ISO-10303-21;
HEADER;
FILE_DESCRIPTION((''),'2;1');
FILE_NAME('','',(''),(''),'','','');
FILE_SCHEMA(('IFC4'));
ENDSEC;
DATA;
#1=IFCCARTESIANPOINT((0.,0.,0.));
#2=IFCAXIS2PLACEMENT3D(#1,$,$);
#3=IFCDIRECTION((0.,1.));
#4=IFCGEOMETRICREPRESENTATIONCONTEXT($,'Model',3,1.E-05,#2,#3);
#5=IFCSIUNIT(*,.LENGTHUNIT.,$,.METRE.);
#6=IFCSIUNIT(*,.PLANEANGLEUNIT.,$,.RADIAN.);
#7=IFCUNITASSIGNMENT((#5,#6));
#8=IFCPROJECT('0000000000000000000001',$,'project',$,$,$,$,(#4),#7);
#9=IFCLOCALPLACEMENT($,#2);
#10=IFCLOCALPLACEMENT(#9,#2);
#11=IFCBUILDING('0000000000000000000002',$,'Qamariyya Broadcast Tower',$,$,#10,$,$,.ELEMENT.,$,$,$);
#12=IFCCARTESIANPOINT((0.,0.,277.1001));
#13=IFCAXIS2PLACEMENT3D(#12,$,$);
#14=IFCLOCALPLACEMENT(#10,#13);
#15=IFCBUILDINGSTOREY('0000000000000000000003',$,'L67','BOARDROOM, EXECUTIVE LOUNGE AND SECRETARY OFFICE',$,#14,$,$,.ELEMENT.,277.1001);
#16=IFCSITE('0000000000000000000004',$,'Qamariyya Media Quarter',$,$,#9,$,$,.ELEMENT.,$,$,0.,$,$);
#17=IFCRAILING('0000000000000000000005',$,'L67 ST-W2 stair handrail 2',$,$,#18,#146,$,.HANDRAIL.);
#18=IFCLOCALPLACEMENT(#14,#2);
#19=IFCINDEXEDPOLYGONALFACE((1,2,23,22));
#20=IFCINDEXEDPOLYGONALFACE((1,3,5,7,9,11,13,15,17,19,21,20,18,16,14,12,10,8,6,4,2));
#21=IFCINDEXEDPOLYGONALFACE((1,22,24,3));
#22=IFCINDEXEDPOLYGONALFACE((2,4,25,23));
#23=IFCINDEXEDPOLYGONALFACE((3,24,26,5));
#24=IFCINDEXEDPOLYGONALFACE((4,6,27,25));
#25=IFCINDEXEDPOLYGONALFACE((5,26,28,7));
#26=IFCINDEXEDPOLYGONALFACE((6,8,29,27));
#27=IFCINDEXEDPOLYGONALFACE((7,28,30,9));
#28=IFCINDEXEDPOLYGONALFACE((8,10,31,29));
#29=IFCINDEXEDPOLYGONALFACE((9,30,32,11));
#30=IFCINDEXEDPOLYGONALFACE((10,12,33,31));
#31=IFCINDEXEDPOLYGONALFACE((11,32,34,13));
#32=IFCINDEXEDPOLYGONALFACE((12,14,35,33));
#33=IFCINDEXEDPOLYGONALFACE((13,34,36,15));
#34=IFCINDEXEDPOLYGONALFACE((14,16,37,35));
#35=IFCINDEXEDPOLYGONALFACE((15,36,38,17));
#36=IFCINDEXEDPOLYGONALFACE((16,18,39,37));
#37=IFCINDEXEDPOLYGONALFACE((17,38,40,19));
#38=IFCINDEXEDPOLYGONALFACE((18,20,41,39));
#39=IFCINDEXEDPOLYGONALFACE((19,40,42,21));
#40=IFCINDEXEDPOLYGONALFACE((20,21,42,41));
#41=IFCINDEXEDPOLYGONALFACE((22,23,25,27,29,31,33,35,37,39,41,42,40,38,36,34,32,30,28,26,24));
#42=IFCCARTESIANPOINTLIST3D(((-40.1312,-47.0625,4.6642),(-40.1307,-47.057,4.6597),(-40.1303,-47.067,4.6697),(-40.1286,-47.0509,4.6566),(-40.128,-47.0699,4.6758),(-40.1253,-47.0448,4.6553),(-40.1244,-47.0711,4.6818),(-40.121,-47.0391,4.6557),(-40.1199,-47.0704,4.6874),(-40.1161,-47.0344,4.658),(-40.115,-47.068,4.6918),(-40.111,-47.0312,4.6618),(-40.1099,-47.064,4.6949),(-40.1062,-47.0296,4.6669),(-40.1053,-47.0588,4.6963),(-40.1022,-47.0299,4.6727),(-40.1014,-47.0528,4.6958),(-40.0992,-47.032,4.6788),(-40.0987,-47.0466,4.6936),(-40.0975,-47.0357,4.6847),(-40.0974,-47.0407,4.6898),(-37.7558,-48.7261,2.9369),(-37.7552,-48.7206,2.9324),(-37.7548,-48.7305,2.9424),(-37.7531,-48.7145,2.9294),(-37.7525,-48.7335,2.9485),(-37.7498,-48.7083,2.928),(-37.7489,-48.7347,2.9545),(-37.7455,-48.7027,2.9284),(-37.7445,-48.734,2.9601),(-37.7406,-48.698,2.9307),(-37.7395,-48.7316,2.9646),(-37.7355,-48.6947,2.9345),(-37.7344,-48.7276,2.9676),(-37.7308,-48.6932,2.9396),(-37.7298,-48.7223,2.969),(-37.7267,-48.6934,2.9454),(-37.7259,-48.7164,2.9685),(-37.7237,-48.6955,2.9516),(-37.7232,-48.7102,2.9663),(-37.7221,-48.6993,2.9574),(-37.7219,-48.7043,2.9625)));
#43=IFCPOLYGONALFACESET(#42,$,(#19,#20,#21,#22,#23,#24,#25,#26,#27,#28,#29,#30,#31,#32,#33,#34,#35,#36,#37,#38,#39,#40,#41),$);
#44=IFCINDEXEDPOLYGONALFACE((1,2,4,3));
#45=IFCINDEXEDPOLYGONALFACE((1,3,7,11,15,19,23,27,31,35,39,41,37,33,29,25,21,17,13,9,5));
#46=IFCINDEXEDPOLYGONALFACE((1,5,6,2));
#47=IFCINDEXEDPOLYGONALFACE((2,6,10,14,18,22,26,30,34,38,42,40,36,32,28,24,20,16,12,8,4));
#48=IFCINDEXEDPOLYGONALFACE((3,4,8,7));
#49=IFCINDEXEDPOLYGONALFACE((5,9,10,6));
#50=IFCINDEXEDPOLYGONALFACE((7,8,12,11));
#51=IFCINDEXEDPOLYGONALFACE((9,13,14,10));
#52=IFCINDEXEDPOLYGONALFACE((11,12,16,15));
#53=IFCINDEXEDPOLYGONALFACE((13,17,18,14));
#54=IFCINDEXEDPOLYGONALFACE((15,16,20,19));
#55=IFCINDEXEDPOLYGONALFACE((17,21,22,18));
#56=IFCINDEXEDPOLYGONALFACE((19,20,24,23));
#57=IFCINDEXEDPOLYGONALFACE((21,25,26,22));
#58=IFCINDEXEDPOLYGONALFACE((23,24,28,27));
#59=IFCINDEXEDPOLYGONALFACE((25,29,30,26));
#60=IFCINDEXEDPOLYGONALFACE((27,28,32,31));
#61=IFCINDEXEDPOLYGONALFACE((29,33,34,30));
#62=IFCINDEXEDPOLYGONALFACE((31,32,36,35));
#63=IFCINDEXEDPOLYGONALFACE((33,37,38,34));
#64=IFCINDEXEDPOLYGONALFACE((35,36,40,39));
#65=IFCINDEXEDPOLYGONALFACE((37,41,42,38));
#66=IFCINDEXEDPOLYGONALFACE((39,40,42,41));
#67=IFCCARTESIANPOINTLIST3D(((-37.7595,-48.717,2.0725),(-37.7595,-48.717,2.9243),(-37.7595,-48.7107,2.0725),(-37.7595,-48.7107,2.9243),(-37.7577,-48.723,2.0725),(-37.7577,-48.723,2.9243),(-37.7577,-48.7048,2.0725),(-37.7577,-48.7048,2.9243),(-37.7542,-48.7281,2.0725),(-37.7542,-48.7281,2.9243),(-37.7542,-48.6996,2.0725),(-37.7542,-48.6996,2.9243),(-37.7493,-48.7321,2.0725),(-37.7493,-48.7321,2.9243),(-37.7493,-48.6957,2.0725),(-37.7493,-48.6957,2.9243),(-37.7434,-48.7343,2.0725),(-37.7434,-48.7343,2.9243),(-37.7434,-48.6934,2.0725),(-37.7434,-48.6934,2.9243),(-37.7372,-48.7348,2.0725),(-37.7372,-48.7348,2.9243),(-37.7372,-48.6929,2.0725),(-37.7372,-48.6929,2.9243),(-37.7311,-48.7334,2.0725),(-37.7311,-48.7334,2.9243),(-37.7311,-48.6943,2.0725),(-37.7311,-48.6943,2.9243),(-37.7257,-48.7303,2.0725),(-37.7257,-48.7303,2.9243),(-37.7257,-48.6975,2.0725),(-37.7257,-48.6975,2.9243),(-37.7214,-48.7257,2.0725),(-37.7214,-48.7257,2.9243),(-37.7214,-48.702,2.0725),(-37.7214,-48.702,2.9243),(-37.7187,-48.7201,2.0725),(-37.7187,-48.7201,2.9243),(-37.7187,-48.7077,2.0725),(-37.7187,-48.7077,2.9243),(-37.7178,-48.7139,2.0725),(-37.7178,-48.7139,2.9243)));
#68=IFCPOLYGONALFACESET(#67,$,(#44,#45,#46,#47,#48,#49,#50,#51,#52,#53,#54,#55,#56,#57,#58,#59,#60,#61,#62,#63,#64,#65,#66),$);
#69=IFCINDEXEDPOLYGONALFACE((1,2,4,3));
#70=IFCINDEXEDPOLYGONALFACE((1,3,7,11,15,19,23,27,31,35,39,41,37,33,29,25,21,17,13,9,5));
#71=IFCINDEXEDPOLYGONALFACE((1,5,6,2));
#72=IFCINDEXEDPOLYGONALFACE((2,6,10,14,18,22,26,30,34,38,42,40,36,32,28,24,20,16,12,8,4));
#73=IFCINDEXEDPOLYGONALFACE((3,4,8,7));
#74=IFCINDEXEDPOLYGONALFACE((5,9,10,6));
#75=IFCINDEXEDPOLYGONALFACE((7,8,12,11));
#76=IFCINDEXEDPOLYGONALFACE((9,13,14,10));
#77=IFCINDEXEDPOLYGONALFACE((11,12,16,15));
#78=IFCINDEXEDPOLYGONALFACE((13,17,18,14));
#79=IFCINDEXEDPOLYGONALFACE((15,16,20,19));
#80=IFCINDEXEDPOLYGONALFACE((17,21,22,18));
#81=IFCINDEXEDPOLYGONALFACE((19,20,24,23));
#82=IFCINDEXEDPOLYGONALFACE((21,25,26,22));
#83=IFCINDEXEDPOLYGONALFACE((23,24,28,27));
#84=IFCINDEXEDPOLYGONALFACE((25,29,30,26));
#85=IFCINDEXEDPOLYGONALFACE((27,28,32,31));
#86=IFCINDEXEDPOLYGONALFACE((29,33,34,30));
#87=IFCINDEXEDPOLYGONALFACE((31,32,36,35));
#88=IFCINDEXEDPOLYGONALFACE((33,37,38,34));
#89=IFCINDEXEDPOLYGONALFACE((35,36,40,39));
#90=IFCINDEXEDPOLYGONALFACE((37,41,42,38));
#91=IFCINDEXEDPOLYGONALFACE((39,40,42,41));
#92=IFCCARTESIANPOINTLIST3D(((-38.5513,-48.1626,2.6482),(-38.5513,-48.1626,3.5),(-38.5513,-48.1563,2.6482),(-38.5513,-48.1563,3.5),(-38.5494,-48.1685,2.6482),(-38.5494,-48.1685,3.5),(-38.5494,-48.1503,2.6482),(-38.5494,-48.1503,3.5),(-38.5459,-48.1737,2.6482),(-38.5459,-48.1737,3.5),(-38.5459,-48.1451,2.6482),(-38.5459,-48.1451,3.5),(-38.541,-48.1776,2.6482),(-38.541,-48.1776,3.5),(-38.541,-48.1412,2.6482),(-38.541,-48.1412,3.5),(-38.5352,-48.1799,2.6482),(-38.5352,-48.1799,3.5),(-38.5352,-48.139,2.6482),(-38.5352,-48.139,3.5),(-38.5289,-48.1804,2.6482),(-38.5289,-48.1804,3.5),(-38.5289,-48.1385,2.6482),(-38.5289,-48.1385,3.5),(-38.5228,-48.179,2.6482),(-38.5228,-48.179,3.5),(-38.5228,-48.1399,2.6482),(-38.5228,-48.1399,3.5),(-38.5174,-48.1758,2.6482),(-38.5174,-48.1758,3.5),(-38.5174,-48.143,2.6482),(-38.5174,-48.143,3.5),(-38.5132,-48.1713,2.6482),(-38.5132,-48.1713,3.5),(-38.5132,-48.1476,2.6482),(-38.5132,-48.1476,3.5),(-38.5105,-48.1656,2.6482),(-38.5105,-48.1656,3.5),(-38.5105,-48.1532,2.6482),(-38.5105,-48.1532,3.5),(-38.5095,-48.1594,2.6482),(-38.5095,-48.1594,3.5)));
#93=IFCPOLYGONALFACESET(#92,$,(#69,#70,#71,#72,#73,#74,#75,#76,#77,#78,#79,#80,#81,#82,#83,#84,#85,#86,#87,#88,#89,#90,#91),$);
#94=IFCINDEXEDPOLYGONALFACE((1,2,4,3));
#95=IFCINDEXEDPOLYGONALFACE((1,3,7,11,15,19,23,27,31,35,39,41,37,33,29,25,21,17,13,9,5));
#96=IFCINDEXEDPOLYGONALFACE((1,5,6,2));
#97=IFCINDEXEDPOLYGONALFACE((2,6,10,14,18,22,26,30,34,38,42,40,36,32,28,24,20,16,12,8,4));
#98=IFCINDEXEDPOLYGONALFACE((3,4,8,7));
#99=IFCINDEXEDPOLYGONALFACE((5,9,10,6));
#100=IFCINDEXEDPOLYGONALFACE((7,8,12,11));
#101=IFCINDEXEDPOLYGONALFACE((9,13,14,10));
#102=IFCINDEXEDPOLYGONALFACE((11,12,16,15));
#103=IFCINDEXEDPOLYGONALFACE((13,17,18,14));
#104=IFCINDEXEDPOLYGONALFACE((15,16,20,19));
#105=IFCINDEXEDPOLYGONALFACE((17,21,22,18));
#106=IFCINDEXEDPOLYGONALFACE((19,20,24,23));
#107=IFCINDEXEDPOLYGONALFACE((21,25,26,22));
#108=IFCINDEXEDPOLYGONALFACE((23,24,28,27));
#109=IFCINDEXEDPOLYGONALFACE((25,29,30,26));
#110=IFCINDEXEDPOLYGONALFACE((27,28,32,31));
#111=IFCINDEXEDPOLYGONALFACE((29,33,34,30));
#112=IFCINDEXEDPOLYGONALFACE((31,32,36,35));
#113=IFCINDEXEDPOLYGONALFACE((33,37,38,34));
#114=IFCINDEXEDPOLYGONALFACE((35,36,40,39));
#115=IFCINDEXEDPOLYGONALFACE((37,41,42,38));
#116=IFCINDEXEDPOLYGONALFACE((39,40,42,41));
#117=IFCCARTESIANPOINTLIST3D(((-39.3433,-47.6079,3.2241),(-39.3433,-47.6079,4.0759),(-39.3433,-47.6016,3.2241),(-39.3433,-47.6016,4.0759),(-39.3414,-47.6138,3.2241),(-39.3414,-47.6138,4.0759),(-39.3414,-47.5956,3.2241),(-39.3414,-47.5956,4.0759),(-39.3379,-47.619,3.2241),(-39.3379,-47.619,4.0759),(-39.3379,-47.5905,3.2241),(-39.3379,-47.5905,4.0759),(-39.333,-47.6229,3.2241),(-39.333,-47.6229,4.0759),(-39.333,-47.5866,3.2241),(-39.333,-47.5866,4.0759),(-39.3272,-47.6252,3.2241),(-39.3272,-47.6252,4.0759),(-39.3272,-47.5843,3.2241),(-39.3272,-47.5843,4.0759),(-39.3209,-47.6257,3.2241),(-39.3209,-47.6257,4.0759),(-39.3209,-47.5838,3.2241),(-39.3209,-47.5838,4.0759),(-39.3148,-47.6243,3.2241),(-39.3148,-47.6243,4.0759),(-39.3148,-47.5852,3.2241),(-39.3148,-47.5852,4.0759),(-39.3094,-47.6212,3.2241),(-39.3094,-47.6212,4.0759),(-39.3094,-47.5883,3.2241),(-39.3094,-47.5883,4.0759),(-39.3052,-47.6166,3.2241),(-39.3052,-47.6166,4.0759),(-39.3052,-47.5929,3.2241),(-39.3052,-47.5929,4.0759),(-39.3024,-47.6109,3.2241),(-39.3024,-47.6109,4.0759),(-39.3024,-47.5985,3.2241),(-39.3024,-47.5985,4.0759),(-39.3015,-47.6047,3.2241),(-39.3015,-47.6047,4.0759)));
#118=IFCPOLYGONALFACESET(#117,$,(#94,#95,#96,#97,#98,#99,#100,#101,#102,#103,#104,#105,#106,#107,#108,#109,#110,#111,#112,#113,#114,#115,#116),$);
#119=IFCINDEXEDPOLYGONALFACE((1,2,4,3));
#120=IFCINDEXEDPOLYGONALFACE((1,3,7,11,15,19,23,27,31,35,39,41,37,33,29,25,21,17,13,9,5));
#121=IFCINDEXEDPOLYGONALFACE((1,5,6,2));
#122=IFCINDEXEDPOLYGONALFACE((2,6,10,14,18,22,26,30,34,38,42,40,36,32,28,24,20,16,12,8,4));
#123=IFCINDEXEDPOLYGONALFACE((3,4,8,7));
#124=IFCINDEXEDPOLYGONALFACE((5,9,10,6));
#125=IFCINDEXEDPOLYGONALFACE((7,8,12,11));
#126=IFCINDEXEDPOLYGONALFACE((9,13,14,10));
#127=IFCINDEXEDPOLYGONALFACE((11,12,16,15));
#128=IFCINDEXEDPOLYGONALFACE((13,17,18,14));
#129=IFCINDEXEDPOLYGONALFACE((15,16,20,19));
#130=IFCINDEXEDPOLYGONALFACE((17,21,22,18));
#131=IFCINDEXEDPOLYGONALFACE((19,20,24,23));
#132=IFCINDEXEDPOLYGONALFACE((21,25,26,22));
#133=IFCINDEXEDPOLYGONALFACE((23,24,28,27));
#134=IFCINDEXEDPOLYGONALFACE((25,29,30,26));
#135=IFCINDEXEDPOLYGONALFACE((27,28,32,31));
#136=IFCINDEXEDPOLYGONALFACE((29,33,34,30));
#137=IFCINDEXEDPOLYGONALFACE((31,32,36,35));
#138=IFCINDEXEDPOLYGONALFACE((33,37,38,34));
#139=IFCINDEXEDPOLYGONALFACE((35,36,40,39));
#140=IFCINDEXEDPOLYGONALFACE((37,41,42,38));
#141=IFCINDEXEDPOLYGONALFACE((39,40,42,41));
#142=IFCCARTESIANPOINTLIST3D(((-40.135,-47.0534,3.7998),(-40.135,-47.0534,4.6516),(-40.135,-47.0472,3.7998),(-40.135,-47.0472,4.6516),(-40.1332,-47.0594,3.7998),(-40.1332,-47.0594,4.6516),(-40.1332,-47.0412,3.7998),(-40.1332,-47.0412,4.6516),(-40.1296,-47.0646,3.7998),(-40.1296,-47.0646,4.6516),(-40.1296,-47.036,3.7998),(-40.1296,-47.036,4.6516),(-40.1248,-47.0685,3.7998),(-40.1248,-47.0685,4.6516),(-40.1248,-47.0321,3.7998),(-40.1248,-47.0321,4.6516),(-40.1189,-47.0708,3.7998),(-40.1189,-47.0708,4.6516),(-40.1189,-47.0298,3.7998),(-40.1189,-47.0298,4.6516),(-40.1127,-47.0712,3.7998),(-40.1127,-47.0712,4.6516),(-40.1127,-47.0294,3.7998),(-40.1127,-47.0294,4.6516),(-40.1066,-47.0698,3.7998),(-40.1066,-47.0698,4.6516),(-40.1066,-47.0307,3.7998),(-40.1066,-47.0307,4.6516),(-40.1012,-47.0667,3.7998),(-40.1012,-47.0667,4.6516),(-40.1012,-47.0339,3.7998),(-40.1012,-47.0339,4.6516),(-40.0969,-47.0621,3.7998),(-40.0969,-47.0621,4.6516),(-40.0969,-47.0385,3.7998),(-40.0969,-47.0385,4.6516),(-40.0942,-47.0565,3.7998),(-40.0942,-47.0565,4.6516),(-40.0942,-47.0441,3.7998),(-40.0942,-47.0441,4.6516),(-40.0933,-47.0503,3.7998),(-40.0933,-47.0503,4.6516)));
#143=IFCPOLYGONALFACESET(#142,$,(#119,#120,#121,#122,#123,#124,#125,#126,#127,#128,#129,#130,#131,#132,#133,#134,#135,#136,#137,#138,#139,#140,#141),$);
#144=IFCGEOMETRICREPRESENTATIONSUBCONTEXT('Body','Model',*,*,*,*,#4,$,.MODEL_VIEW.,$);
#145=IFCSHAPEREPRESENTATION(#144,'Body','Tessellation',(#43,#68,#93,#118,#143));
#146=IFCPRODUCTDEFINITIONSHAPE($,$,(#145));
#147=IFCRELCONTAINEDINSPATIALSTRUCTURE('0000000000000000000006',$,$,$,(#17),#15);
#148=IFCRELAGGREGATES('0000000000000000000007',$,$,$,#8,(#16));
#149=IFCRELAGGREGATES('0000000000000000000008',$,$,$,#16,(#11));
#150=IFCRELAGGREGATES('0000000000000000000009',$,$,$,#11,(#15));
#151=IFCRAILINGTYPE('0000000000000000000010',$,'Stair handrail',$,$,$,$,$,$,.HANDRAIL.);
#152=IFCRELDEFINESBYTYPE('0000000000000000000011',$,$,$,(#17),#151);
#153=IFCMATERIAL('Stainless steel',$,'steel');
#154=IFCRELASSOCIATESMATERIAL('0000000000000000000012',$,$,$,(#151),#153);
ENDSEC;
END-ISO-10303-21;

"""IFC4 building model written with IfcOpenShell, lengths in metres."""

from ifc_helpers import new_model, si_unit, direction, frame, origin, origin_2d, place, context, subcontext, project, spatial, circle, extrude, material, type_object, element, save


model = new_model("IFC4")

# Units and contexts
model_context = context("Model", 3, precision=1e-05, world=origin(), true_north=direction((0.0, 1.0)))
body_context = subcontext(model_context, "Body", "Model", "MODEL_VIEW")
ifc_project = project(units=[si_unit("LENGTHUNIT", "METRE"), si_unit("PLANEANGLEUNIT", "RADIAN")], contexts=[model_context])

# Site, building, storey
site_placement = place(None, origin())
site = spatial("IfcSite", under=ifc_project, at=site_placement, Name="Qamariyya Media Quarter", CompositionType="ELEMENT", RefElevation=0.0)
building_placement = place(site_placement, origin())
building = spatial("IfcBuilding", under=site, at=building_placement, Name="Qamariyya Broadcast Tower", CompositionType="ELEMENT")
storey_placement = place(building_placement, frame((0.0, 0.0, 277.1001)))
storey = spatial("IfcBuildingStorey", under=building, at=storey_placement, Name="L67", Description="BOARDROOM, EXECUTIVE LOUNGE AND SECRETARY OFFICE", CompositionType="ELEMENT", Elevation=277.1001)

# Railing
ifc_material_1 = material(Name="Stainless steel", Category="steel")
railing_type_1 = type_object("IfcRailingType", Name="Stair handrail", PredefinedType="HANDRAIL", material=ifc_material_1)
railing_1_placement = place(storey_placement, frame((-37.7388, -48.7139, 2.0725)))
element("IfcRailing", 1, at=railing_1_placement, inside=storey, type_object=railing_type_1, Name="L67 ST-W2 stair handrail 2", PredefinedType="HANDRAIL", context=body_context, shape_type="SweptSolid", body=[
    extrude(circle(Radius=0.0239, at=origin_2d()), frame((0.0, 0.0, 0.876), z_axis=(-0.703745, 0.492838, 0.511716), x_axis=(-0.573632, -0.819113, 0.0)), (0.0, 0.0, 1.0), 3.3755),
    extrude(circle(Radius=0.021, at=origin_2d()), origin(), (0.0, 0.0, 1.0), 0.8518),
    extrude(circle(Radius=0.021, at=origin_2d()), frame((-0.7917, 0.5544, 0.5757)), (0.0, 0.0, 1.0), 0.8518),
    extrude(circle(Radius=0.021, at=origin_2d()), frame((-1.5837, 1.1091, 1.1516)), (0.0, 0.0, 1.0), 0.8518),
    extrude(circle(Radius=0.021, at=origin_2d()), frame((-2.3755, 1.6636, 1.7273)), (0.0, 0.0, 1.0), 0.8518),
])

save(model, "model.ifc")
